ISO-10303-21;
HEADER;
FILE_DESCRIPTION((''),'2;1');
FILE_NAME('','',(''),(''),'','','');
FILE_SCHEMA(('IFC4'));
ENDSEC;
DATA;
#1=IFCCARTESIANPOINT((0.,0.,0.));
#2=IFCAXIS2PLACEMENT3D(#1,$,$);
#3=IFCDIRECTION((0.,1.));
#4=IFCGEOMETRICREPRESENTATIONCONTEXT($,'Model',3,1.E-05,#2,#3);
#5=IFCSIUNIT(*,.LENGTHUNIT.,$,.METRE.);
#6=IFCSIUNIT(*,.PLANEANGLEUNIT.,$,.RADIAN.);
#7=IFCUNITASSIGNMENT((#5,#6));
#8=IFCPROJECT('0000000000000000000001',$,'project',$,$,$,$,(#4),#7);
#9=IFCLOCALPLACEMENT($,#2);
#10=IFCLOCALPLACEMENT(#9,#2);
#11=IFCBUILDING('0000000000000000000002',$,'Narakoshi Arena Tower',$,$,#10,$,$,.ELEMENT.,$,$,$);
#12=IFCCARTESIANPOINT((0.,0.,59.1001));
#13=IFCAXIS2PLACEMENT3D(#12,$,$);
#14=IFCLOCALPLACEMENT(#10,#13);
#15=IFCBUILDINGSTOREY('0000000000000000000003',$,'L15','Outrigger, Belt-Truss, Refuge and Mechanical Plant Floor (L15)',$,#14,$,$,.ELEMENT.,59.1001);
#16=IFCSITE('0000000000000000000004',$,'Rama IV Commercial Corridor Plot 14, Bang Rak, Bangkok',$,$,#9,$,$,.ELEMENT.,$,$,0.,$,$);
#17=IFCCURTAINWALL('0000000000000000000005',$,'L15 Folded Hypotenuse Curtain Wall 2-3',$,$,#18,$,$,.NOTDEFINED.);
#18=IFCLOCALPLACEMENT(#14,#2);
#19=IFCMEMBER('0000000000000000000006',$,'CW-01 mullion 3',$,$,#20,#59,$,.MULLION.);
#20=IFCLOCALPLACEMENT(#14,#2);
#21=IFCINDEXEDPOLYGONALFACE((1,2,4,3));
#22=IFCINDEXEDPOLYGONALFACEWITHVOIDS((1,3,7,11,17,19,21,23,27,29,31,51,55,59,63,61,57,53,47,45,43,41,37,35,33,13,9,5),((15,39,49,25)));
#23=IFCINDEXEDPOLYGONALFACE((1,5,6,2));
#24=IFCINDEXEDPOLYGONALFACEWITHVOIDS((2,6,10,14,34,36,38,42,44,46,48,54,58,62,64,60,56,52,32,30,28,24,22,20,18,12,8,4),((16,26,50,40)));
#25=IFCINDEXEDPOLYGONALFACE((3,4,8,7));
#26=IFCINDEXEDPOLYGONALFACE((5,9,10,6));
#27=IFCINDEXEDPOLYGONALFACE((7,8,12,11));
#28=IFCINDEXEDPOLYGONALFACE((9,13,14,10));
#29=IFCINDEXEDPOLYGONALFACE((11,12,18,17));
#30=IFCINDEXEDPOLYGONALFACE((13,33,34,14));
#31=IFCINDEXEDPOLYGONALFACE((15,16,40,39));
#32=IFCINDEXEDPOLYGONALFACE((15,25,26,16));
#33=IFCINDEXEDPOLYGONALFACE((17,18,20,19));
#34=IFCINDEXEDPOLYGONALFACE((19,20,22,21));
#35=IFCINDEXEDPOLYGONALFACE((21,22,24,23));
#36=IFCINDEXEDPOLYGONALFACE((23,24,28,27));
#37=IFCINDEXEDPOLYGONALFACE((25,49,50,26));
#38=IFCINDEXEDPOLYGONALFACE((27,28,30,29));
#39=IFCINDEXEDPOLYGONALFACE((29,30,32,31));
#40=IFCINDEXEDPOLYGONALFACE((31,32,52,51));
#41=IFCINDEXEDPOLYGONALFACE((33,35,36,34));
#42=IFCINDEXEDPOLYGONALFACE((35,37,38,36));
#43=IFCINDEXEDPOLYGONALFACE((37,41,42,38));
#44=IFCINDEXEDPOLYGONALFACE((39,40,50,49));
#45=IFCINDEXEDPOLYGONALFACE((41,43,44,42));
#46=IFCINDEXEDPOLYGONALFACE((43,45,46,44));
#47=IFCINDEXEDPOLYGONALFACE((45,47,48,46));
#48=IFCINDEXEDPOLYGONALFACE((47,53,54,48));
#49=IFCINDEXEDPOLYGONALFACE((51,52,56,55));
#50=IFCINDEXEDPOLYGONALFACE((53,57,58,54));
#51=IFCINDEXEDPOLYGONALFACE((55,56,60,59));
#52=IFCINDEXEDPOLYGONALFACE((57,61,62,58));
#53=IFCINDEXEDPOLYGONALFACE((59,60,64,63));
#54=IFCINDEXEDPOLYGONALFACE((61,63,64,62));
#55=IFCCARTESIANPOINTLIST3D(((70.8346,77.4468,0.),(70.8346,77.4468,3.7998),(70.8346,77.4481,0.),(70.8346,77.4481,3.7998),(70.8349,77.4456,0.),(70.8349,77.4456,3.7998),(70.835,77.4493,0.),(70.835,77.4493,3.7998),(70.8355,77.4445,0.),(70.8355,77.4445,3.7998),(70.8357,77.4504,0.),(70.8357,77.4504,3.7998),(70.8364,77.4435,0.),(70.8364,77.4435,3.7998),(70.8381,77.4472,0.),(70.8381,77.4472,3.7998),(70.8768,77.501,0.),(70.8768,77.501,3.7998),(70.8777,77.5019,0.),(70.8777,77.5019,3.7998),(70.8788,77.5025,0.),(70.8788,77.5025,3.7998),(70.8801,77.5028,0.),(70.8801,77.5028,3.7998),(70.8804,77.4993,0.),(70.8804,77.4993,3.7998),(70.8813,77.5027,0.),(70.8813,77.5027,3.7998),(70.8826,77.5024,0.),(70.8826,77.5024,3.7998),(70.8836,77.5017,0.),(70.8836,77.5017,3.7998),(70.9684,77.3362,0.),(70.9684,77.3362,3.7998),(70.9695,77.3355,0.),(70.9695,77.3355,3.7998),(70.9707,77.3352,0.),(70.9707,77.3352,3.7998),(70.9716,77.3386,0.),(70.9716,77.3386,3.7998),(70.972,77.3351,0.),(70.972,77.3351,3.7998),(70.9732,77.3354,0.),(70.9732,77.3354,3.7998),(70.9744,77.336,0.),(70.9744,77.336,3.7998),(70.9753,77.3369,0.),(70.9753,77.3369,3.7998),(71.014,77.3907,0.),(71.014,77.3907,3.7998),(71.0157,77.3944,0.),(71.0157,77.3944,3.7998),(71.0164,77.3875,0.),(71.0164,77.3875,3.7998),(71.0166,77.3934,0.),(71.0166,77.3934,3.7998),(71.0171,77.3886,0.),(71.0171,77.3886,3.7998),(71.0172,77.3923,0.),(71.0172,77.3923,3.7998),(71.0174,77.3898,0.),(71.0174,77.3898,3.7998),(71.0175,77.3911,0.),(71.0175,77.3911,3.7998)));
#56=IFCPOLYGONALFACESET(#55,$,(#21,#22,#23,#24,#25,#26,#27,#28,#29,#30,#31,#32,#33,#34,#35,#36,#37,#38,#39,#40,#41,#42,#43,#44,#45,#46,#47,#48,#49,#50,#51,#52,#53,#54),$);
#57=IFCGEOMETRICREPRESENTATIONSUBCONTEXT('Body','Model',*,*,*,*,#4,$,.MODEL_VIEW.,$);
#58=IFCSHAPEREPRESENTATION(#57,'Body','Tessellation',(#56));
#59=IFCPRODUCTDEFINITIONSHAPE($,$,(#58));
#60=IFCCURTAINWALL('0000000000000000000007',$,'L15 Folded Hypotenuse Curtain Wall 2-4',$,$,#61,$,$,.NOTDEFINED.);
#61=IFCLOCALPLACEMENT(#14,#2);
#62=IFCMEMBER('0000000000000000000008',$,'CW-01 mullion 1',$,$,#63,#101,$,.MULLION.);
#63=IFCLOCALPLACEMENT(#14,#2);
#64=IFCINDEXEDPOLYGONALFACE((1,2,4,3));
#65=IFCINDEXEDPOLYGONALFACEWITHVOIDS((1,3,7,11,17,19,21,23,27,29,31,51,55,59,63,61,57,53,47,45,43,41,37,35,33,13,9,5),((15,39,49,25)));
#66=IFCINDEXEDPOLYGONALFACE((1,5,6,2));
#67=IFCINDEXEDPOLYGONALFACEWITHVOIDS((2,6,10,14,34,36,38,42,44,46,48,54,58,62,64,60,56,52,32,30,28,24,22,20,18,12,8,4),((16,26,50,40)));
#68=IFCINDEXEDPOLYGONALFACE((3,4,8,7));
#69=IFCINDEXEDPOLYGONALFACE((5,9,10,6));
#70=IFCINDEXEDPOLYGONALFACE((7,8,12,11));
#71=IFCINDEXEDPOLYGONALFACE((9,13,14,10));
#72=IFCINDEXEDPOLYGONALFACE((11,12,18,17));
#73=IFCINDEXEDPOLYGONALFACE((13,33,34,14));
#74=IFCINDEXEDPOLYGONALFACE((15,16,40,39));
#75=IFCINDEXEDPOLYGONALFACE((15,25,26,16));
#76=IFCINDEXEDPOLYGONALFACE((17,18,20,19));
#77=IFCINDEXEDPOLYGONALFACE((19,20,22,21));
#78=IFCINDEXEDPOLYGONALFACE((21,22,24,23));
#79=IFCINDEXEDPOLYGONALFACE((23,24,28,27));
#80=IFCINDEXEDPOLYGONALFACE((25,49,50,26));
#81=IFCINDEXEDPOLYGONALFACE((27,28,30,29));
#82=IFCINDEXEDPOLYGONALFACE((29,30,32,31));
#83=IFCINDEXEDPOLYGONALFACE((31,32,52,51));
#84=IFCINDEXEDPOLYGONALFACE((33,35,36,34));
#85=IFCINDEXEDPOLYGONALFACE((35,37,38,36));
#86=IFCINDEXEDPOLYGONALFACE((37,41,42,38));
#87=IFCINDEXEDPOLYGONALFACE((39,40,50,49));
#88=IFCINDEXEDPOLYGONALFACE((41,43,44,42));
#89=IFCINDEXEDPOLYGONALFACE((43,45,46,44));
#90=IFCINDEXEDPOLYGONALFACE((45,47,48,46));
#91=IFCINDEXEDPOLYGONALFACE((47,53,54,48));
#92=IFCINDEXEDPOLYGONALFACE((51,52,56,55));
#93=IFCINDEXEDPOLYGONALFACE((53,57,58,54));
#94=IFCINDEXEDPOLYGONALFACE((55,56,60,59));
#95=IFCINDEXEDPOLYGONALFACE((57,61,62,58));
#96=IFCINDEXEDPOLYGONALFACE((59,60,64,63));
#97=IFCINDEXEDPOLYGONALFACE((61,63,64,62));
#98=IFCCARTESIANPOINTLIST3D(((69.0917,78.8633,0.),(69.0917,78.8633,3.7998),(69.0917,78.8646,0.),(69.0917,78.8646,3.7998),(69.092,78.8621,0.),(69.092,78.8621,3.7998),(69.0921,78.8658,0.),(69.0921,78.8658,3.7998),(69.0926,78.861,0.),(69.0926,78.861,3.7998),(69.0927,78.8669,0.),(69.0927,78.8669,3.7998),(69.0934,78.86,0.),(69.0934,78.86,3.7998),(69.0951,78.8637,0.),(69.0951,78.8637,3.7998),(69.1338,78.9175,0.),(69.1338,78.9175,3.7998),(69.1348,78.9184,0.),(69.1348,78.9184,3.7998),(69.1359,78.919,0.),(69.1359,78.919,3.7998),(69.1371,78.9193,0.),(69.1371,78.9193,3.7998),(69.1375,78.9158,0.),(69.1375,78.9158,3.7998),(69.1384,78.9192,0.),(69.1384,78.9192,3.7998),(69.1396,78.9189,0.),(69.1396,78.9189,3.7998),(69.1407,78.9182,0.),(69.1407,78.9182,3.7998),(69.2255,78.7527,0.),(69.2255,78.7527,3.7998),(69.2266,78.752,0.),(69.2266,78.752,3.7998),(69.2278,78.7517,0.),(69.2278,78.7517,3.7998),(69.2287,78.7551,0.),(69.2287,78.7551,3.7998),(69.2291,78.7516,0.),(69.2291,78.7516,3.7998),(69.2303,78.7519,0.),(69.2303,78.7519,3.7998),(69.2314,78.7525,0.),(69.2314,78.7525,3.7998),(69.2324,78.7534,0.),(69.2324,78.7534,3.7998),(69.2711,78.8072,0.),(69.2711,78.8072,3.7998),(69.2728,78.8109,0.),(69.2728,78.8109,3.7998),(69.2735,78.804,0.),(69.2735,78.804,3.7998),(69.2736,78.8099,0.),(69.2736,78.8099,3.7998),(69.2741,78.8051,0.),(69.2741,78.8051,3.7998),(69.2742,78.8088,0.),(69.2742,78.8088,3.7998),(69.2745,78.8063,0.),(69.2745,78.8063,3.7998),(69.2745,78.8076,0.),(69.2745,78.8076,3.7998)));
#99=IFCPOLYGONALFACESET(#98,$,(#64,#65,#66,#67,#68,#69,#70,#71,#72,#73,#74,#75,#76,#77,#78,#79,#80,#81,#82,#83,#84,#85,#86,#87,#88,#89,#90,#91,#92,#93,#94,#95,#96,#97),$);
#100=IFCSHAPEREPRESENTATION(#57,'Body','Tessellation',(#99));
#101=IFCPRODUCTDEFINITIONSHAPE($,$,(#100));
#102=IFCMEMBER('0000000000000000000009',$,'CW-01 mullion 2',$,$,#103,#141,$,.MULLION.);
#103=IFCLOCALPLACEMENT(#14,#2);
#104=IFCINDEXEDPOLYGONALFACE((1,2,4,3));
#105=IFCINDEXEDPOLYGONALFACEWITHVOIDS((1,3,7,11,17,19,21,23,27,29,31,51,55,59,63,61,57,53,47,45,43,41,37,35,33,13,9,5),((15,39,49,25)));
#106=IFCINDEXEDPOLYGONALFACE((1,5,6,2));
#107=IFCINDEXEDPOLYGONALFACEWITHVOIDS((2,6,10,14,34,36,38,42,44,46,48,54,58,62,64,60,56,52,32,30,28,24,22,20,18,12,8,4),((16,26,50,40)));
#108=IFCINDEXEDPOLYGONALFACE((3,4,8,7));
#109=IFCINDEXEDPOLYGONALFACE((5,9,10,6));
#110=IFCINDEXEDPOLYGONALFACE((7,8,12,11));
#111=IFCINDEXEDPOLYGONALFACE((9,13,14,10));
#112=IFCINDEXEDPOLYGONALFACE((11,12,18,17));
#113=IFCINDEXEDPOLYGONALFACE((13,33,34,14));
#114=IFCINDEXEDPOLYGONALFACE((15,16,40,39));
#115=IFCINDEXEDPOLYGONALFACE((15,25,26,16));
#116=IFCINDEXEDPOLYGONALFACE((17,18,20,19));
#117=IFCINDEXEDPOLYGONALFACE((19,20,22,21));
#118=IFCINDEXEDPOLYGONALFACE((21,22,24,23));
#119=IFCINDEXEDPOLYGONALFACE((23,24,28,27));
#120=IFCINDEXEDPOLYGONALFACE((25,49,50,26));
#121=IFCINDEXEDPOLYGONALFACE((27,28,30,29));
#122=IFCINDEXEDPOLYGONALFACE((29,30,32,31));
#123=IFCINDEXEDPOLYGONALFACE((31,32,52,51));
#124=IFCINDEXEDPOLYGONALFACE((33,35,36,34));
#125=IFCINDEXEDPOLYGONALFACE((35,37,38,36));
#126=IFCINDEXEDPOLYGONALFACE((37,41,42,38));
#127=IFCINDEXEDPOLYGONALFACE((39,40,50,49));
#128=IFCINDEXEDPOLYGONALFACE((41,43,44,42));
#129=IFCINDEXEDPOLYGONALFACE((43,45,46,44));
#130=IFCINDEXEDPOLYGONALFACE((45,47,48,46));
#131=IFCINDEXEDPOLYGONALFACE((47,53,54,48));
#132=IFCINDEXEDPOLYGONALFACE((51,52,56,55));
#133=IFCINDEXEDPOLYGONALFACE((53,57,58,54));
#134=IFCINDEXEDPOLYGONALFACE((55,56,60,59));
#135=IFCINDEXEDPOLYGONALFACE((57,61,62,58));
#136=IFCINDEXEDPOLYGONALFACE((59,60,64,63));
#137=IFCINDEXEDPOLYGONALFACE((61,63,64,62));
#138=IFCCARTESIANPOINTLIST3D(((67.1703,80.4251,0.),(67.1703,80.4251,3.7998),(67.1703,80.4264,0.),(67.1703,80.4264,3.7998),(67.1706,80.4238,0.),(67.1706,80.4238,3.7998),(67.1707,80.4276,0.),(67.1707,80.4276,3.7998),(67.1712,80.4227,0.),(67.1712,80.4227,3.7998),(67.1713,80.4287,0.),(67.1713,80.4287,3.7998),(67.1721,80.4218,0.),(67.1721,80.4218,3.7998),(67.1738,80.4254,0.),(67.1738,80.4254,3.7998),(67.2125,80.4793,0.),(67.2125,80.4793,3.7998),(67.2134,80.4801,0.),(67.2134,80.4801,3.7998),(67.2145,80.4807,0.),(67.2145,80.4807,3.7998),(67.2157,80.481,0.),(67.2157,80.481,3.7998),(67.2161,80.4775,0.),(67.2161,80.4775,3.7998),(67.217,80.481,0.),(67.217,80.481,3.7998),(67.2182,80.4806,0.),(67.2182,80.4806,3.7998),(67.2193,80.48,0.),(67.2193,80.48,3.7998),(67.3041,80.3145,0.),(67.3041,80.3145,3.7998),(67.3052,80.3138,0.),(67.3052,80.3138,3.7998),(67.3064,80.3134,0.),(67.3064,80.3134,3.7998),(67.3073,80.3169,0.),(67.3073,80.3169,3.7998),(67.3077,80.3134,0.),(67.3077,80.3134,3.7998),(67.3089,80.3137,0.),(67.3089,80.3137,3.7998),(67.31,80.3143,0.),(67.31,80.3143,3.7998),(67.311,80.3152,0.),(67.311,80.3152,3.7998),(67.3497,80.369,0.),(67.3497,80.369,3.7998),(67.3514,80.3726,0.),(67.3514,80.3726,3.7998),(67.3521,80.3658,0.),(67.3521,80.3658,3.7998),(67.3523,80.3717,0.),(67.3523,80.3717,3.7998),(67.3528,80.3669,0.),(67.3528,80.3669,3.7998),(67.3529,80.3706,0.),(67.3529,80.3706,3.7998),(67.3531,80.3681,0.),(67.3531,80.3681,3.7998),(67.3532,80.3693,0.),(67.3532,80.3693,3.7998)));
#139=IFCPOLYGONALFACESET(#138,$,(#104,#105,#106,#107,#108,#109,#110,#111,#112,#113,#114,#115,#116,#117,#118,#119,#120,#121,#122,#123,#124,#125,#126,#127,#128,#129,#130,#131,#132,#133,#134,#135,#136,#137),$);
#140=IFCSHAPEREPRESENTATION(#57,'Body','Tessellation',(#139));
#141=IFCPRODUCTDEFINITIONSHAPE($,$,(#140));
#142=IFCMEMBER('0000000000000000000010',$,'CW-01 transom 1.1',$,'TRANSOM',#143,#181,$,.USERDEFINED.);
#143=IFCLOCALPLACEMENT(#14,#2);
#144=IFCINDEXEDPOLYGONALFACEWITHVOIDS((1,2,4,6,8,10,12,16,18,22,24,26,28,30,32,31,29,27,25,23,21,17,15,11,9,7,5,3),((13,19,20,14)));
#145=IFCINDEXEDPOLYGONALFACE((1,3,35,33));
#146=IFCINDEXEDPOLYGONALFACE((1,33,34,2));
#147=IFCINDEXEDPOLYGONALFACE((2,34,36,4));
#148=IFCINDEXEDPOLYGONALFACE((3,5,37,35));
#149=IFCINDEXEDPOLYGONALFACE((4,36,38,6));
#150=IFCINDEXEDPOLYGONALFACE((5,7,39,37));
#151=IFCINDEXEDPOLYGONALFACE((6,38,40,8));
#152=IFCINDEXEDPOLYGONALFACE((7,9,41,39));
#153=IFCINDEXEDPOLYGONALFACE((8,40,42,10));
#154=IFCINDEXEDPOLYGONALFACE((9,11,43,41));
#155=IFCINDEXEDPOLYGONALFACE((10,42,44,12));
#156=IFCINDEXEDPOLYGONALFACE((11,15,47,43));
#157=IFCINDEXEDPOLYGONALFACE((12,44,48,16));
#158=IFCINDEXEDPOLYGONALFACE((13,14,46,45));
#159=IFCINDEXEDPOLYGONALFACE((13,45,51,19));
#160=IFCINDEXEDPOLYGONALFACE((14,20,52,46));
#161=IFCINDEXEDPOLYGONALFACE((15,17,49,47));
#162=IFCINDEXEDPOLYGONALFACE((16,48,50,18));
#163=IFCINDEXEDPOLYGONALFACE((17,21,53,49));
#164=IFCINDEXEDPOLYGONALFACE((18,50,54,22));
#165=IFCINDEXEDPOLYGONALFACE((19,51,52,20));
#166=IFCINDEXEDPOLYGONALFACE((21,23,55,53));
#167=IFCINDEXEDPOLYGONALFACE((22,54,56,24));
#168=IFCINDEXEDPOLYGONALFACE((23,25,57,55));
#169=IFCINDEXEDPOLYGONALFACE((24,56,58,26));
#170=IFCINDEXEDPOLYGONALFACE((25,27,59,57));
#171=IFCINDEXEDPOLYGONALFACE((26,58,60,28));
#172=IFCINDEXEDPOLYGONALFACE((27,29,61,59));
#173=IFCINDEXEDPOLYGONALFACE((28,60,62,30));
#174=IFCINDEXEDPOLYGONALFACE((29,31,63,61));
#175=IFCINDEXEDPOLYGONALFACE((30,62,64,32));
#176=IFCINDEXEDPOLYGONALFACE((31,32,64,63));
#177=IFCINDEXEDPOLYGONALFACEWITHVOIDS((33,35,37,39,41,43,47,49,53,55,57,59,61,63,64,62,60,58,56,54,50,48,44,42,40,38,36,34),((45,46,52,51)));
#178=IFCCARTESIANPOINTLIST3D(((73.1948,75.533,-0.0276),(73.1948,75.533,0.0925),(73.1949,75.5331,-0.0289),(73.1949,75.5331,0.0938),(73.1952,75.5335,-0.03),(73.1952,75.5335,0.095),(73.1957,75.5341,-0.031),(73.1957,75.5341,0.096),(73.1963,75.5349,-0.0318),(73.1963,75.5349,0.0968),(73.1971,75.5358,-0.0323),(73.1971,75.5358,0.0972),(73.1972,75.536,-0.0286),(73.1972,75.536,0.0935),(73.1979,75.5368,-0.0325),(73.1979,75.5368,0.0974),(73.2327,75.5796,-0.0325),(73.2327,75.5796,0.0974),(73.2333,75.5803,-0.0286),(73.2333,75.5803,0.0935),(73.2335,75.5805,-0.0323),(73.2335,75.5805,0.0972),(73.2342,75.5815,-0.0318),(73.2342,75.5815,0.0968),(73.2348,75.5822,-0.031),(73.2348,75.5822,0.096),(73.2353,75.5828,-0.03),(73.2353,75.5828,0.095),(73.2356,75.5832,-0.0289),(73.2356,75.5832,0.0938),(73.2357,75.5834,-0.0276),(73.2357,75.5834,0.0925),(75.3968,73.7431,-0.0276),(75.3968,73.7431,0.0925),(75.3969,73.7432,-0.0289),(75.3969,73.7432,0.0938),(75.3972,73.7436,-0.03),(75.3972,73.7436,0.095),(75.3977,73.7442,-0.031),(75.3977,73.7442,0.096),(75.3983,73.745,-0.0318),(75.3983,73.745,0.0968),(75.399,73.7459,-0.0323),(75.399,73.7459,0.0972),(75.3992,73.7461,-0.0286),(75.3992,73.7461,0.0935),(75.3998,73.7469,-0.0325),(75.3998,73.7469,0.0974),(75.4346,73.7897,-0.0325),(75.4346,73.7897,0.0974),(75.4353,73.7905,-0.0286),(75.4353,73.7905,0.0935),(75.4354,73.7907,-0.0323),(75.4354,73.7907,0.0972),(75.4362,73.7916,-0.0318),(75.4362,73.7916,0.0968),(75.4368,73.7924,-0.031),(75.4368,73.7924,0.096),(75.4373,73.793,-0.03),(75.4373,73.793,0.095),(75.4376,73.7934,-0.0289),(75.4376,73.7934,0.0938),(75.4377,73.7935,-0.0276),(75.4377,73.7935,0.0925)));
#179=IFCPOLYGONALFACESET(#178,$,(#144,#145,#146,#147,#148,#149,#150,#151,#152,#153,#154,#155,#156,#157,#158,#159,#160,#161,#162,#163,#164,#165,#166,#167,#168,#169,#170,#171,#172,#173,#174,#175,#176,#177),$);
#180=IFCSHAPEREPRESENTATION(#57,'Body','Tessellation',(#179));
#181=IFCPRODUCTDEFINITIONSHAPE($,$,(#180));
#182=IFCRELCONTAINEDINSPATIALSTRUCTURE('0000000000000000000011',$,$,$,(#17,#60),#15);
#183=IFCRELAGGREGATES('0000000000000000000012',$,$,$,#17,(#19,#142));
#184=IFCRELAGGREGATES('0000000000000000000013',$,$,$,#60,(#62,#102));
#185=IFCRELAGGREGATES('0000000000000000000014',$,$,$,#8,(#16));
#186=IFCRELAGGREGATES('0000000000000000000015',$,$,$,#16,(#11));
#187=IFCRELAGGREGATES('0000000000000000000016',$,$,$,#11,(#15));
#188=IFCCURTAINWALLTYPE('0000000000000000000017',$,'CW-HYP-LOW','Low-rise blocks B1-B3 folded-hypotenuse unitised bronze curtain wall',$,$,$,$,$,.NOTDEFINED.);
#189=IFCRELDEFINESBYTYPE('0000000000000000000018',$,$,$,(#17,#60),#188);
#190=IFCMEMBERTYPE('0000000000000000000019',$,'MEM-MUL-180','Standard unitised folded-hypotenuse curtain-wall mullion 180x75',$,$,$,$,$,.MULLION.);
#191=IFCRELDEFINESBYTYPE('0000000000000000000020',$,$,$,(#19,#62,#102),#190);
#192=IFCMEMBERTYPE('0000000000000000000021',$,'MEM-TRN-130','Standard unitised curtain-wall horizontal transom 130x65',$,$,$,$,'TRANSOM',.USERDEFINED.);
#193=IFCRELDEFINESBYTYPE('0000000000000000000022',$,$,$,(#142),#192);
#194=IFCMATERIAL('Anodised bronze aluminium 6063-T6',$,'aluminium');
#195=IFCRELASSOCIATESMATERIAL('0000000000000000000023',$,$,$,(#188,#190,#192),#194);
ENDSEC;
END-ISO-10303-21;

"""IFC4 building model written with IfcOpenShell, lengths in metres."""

from ifc_helpers import new_model, si_unit, direction, frame, origin, origin_2d, place, context, subcontext, project, spatial, hollow_rectangle, extrude, material, material_profile, profile_set, type_object, element, aggregate, save


model = new_model("IFC4")

# Units and contexts
model_context = context("Model", 3, precision=1e-05, world=origin(), true_north=direction((0.0, 1.0)))
body_context = subcontext(model_context, "Body", "Model", "MODEL_VIEW")
ifc_project = project(units=[si_unit("LENGTHUNIT", "METRE"), si_unit("PLANEANGLEUNIT", "RADIAN")], contexts=[model_context])

# Site, building, storey
site_placement = place(None, origin())
site = spatial("IfcSite", under=ifc_project, at=site_placement, Name="Rama IV Commercial Corridor Plot 14, Bang Rak, Bangkok", CompositionType="ELEMENT", RefElevation=0.0)
building_placement = place(site_placement, origin())
building = spatial("IfcBuilding", under=site, at=building_placement, Name="Narakoshi Arena Tower", CompositionType="ELEMENT")
storey_placement = place(building_placement, frame((0.0, 0.0, 59.1001)))
storey = spatial("IfcBuildingStorey", under=building, at=storey_placement, Name="L15", Description="Outrigger, Belt-Truss, Refuge and Mechanical Plant Floor (L15)", CompositionType="ELEMENT", Elevation=59.1001)

# Shared definitions
ifc_material_1 = material(Name="Anodised bronze aluminium 6063-T6", Category="aluminium")
curtain_wall_type = type_object("IfcCurtainWallType", Name="CW-HYP-LOW", Description="Low-rise blocks B1-B3 folded-hypotenuse unitised bronze curtain wall", PredefinedType="NOTDEFINED", material=ifc_material_1)
ifc_material_profile_1 = material_profile(ifc_material_1, hollow_rectangle(XDim=0.075, YDim=0.1799, WallThickness=0.0039, OuterFilletRadius=0.0049, at=origin_2d()), Name="MUL180x75x4")
ifc_profile_set_1 = profile_set([ifc_material_profile_1], Name="Anodised bronze aluminium 6063-T6")
member_type_1 = type_object("IfcMemberType", Name="MEM-MUL-180", Description="Standard unitised folded-hypotenuse curtain-wall mullion 180x75", PredefinedType="MULLION", material=ifc_profile_set_1)

# Curtain walls, members
curtain_wall_1_placement = place(storey_placement, origin())
curtain_wall_1 = element("IfcCurtainWall", 1, at=curtain_wall_1_placement, inside=storey, type_object=curtain_wall_type, Name="L15 Folded Hypotenuse Curtain Wall 2-3", PredefinedType="NOTDEFINED")
member_1_placement = place(storey_placement, frame((70.926, 77.4189, 0.0), z_axis=(0.0, 0.0, 1.0), x_axis=(-0.630732, -0.776, 0.0)))
member_1 = element("IfcMember", 2, at=member_1_placement, type_object=member_type_1, Name="CW-01 mullion 3", PredefinedType="MULLION", context=body_context, shape_type="SweptSolid", body=[
    extrude(hollow_rectangle(XDim=0.075, YDim=0.1799, WallThickness=0.0039, OuterFilletRadius=0.0049, at=origin_2d()), origin(), (0.0, 0.0, 1.0), 3.7998),
])
curtain_wall_2_placement = place(storey_placement, origin())
curtain_wall_2 = element("IfcCurtainWall", 3, at=curtain_wall_2_placement, inside=storey, type_object=curtain_wall_type, Name="L15 Folded Hypotenuse Curtain Wall 2-4", PredefinedType="NOTDEFINED")
member_2_placement = place(storey_placement, frame((69.1831, 78.8354, 0.0), z_axis=(0.0, 0.0, 1.0), x_axis=(-0.630724, -0.776007, 0.0)))
member_2 = element("IfcMember", 4, at=member_2_placement, type_object=member_type_1, Name="CW-01 mullion 1", PredefinedType="MULLION", context=body_context, shape_type="SweptSolid", body=[
    extrude(hollow_rectangle(XDim=0.075, YDim=0.1799, WallThickness=0.0039, OuterFilletRadius=0.0049, at=origin_2d()), origin(), (0.0, 0.0, 1.0), 3.7998),
])
member_3_placement = place(storey_placement, frame((67.2617, 80.3972, 0.0), z_axis=(0.0, 0.0, 1.0), x_axis=(-0.630724, -0.776007, 0.0)))
member_3 = element("IfcMember", 5, at=member_3_placement, type_object=member_type_1, Name="CW-01 mullion 2", PredefinedType="MULLION", context=body_context, shape_type="SweptSolid", body=[
    extrude(hollow_rectangle(XDim=0.075, YDim=0.1799, WallThickness=0.0039, OuterFilletRadius=0.0049, at=origin_2d()), origin(), (0.0, 0.0, 1.0), 3.7998),
])

# Member
ifc_material_profile_2 = material_profile(ifc_material_1, hollow_rectangle(XDim=0.0649, YDim=0.1299, WallThickness=0.0039, OuterFilletRadius=0.0049, at=origin_2d()), Name="TRN130x65x4")
ifc_profile_set_2 = profile_set([ifc_material_profile_2], Name="Anodised bronze aluminium 6063-T6")
member_type_2 = type_object("IfcMemberType", Name="MEM-TRN-130", Description="Standard unitised curtain-wall horizontal transom 130x65", ElementType="TRANSOM", PredefinedType="USERDEFINED", material=ifc_profile_set_2)
member_4_placement = place(storey_placement, frame((75.4172, 73.7683, 0.0325), z_axis=(-0.775985, 0.630751, 0.0), x_axis=(-0.630751, -0.775985, 0.0)))
member_4 = element("IfcMember", 6, at=member_4_placement, type_object=member_type_2, Name="CW-01 transom 1.1", ObjectType="TRANSOM", PredefinedType="USERDEFINED", context=body_context, shape_type="SweptSolid", body=[
    extrude(hollow_rectangle(XDim=0.0649, YDim=0.1299, WallThickness=0.0039, OuterFilletRadius=0.0049, at=origin_2d()), origin(), (0.0, 0.0, 1.0), 2.8376),
])

aggregate(curtain_wall_1, [member_1, member_4])
aggregate(curtain_wall_2, [member_2, member_3])

save(model, "model.ifc")
